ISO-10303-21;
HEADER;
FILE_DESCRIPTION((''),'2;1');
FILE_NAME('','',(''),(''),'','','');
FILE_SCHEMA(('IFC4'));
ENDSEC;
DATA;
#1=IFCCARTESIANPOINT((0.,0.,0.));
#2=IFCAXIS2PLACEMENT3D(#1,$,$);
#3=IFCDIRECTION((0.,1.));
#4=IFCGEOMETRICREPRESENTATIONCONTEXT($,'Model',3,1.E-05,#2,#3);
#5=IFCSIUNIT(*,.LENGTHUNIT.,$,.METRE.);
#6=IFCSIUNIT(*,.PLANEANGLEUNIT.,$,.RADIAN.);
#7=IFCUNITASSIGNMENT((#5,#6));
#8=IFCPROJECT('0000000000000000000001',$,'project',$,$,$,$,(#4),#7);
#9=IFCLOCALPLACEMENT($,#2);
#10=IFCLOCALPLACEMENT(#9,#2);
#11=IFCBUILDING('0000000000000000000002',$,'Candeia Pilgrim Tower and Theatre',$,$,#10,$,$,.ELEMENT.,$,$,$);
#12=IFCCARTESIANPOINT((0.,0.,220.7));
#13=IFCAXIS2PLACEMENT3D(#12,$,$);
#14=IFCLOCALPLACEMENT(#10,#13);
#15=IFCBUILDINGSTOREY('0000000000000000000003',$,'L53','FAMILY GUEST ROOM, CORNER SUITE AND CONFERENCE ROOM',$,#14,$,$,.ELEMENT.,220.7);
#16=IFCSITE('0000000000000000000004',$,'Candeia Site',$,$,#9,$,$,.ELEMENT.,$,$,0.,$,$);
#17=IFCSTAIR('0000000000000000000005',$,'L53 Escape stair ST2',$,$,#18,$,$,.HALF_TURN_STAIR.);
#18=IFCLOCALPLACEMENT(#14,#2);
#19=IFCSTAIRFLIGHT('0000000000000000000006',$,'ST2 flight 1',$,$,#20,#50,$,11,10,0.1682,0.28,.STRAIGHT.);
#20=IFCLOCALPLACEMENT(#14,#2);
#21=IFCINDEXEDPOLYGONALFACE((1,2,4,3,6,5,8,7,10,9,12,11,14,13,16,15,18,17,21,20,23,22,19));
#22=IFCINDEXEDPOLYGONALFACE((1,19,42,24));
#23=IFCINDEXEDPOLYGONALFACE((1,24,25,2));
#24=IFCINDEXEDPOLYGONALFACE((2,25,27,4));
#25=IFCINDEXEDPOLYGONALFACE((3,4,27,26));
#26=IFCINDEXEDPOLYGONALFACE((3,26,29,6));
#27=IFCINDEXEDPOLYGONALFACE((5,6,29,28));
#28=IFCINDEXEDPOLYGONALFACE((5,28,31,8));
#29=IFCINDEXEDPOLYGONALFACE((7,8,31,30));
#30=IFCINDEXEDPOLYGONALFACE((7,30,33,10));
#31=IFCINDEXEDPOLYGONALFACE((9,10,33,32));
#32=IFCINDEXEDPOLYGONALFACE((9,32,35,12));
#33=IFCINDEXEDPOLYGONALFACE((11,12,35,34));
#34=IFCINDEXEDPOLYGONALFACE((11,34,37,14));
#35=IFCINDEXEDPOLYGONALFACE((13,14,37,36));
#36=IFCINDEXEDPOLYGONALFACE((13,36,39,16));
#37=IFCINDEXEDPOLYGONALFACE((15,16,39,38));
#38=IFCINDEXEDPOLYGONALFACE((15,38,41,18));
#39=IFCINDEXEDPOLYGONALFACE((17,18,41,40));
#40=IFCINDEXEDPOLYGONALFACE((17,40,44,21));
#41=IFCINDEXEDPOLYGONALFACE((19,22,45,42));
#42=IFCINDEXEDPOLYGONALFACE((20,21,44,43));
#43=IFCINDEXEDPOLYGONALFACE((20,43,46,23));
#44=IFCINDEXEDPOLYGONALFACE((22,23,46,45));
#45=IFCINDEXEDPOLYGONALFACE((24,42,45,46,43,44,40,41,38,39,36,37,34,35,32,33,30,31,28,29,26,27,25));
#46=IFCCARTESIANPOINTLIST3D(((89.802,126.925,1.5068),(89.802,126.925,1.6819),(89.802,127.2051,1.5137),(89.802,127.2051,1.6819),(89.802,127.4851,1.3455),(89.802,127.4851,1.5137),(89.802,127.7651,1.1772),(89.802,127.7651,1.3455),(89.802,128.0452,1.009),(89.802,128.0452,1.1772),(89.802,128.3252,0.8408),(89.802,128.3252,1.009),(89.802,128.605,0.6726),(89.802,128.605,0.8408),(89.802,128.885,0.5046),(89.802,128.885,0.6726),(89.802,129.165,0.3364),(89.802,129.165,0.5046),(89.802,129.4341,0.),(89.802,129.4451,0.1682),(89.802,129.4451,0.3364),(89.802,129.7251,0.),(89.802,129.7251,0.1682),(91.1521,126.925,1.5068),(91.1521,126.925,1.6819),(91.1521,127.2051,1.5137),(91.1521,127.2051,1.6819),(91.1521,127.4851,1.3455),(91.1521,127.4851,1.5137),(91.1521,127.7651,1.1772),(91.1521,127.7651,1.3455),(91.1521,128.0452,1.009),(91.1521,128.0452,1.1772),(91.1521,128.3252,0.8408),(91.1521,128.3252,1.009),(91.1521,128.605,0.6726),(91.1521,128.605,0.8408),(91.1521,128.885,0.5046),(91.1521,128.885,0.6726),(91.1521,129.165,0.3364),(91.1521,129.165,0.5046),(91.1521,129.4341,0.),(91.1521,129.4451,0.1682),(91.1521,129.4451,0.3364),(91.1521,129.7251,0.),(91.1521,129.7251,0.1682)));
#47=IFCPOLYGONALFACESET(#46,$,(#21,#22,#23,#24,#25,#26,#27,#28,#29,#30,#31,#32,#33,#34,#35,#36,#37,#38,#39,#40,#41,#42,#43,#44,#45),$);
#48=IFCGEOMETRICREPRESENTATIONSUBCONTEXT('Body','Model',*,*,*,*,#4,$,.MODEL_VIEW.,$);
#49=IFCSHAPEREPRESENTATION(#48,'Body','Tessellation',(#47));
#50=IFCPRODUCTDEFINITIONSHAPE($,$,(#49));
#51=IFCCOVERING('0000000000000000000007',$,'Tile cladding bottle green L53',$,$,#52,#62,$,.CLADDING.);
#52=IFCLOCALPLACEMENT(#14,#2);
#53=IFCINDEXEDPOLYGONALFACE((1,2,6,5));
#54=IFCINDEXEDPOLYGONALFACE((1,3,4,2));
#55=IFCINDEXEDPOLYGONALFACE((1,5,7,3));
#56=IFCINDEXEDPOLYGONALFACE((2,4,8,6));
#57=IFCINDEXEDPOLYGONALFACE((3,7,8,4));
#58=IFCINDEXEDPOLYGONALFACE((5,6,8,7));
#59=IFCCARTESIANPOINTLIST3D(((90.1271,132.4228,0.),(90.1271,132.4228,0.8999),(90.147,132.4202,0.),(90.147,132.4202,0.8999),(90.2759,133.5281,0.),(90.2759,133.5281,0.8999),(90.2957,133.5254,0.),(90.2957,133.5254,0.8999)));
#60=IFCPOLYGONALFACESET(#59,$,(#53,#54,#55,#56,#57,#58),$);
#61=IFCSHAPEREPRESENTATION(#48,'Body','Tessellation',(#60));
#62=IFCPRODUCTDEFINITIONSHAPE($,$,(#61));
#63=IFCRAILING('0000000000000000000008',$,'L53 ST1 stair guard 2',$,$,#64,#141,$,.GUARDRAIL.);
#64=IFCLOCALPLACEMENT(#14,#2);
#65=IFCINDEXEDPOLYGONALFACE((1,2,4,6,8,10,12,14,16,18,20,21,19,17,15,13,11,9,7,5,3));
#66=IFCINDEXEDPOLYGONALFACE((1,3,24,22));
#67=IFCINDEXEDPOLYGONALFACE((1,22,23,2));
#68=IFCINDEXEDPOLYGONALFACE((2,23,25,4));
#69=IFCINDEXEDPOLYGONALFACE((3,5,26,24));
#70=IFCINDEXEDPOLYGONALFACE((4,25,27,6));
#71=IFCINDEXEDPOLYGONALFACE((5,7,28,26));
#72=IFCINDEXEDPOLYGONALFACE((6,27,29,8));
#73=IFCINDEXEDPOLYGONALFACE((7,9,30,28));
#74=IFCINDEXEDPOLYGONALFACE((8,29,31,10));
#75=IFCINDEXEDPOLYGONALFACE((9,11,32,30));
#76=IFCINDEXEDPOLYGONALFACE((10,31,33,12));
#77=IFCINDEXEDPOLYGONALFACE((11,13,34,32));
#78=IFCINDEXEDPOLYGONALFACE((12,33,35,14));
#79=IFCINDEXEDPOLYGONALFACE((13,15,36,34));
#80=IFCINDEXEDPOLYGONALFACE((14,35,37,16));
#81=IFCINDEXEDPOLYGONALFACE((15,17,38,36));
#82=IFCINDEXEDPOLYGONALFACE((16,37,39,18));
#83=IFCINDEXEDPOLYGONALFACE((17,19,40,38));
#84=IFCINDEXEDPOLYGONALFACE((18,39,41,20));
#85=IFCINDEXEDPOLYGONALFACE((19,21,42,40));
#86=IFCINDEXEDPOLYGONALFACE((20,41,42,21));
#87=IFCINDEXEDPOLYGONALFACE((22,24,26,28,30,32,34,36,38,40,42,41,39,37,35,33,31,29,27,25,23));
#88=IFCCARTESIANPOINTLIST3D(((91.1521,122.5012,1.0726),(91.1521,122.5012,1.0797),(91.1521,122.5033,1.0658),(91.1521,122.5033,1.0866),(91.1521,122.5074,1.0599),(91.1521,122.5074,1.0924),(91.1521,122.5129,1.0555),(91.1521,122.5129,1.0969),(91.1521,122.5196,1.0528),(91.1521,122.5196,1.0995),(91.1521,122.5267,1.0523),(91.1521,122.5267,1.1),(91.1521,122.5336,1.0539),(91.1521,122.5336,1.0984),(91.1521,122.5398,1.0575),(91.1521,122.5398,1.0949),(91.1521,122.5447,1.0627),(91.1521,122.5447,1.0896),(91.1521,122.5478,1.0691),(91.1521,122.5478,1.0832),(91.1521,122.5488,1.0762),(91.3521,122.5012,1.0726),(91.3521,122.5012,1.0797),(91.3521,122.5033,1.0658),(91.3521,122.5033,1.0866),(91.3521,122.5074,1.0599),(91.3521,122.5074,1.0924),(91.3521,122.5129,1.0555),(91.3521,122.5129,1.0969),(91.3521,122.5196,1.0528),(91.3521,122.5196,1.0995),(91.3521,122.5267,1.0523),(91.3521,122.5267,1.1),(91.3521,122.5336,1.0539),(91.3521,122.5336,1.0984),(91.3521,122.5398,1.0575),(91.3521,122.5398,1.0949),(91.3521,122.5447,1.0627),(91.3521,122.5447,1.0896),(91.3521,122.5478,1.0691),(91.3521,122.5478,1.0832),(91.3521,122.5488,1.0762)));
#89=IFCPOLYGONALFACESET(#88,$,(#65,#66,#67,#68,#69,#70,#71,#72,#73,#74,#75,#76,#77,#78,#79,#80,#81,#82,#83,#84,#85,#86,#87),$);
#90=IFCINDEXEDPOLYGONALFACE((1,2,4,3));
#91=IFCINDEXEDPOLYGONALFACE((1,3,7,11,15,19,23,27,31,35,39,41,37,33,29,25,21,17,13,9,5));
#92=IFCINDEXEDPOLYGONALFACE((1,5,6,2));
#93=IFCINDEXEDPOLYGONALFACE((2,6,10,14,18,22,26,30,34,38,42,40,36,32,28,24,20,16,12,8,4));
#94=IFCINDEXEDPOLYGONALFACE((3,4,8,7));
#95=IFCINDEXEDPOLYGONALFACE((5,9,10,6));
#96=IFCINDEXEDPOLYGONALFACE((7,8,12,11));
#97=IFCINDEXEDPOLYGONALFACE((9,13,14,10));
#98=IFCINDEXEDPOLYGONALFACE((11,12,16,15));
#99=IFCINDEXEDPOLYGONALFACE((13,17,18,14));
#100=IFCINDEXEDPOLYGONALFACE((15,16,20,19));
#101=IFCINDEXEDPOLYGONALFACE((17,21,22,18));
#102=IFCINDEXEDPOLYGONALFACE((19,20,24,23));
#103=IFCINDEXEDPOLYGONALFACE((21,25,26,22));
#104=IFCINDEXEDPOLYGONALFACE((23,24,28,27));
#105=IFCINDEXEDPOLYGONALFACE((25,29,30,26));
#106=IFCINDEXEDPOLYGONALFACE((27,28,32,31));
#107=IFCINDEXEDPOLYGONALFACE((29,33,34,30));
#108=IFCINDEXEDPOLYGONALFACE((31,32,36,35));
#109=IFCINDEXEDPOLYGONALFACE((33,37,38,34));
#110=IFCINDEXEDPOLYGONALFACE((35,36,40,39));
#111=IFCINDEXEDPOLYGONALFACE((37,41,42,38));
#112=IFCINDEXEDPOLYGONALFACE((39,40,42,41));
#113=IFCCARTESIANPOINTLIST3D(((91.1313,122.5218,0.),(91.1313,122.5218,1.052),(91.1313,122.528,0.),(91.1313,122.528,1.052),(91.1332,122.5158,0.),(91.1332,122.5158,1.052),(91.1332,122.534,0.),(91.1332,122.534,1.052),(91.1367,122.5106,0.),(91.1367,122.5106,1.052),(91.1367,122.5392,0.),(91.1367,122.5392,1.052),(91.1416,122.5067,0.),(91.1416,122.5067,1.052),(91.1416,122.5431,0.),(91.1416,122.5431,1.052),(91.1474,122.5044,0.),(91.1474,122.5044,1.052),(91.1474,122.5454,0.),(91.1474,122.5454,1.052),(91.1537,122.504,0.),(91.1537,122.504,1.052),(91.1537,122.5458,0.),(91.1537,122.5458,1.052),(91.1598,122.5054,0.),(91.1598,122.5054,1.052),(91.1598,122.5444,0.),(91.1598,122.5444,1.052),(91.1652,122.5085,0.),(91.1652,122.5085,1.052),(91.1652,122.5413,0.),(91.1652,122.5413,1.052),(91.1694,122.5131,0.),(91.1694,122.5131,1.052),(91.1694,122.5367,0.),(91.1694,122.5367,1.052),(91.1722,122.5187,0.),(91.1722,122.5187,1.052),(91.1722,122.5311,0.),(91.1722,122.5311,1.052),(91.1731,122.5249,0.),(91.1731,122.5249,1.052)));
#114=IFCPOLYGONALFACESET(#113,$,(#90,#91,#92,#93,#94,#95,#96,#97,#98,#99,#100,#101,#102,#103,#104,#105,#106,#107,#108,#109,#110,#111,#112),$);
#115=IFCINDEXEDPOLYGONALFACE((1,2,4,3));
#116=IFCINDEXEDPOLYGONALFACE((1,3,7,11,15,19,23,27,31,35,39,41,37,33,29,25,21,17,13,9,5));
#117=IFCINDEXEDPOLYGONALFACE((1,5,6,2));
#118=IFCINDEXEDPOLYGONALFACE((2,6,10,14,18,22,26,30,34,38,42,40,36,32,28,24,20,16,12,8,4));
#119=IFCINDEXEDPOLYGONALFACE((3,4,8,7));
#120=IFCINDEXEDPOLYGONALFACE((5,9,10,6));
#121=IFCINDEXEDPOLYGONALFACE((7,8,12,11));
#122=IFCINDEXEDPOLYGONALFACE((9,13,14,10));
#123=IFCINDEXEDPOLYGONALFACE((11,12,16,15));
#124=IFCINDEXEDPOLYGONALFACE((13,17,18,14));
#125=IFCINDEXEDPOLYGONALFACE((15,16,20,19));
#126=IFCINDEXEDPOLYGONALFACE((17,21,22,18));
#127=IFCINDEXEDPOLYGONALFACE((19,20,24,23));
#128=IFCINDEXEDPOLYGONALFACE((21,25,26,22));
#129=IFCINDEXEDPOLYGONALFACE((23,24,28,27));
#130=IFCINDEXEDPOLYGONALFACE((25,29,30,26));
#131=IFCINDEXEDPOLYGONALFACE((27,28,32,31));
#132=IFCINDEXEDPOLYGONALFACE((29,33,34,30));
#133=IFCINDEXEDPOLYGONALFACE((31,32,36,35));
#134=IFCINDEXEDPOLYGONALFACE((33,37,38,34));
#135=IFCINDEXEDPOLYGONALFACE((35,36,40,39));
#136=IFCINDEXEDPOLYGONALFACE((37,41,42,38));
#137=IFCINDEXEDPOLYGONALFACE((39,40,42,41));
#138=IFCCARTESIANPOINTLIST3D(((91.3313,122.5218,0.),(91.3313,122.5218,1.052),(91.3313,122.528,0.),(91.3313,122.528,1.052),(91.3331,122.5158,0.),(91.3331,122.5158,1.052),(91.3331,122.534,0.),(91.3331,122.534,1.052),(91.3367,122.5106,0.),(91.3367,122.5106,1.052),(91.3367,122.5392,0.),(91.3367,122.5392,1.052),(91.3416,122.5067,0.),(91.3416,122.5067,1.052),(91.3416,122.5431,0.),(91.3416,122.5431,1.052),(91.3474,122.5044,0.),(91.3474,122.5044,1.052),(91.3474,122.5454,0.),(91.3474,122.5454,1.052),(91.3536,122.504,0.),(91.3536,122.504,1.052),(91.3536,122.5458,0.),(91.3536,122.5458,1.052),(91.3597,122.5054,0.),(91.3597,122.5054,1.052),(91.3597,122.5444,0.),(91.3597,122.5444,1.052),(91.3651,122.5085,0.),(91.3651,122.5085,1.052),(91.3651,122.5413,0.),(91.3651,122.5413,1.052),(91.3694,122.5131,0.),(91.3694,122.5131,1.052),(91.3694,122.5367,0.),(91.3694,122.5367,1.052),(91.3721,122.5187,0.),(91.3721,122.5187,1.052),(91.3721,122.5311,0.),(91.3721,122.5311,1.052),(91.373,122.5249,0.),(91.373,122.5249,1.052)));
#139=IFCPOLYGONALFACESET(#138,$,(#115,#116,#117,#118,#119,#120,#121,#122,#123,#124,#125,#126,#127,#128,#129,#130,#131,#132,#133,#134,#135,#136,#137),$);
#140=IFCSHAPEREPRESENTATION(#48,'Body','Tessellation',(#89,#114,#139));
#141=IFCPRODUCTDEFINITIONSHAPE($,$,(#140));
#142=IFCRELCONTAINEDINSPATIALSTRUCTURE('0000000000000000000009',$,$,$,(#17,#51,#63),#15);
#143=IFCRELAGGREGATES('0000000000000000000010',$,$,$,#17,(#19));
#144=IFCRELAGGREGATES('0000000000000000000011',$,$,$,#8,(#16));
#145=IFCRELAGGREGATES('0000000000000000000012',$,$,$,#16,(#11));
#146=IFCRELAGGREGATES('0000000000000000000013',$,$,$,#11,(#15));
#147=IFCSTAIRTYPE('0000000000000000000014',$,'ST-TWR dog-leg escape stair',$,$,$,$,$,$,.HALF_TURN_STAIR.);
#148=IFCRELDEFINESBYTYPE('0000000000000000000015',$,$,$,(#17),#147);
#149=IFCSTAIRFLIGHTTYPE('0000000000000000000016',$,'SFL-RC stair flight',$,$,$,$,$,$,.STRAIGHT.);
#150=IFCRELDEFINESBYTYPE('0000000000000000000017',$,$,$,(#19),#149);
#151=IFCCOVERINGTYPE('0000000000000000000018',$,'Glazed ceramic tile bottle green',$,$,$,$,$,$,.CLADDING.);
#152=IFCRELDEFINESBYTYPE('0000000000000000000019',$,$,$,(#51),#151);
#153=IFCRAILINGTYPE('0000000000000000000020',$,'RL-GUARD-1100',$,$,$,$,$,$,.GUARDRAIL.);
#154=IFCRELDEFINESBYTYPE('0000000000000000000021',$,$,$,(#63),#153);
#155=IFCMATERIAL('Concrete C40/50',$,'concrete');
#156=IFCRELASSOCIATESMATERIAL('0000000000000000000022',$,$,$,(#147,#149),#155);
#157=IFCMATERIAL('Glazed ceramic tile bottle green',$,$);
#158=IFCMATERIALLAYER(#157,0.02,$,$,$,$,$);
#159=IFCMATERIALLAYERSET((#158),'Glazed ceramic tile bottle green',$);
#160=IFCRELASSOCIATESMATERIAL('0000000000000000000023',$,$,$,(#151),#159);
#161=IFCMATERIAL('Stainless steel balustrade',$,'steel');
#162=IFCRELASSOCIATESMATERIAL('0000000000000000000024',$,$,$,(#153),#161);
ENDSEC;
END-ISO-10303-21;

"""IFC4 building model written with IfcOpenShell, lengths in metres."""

from ifc_helpers import new_model, si_unit, direction, frame, origin, origin_2d, place, context, subcontext, project, spatial, polyline, rectangle, circle, outline, extrude, material, layer, layer_set, type_object, element, aggregate, save


model = new_model("IFC4")

# Units and contexts
model_context = context("Model", 3, precision=1e-05, world=origin(), true_north=direction((0.0, 1.0)))
body_context = subcontext(model_context, "Body", "Model", "MODEL_VIEW")
ifc_project = project(units=[si_unit("LENGTHUNIT", "METRE"), si_unit("PLANEANGLEUNIT", "RADIAN")], contexts=[model_context])

# Site, building, storey
site_placement = place(None, origin())
site = spatial("IfcSite", under=ifc_project, at=site_placement, Name="Candeia Site", CompositionType="ELEMENT", RefElevation=0.0)
building_placement = place(site_placement, origin())
building = spatial("IfcBuilding", under=site, at=building_placement, Name="Candeia Pilgrim Tower and Theatre", CompositionType="ELEMENT")
storey_placement = place(building_placement, frame((0.0, 0.0, 220.7)))
storey = spatial("IfcBuildingStorey", under=building, at=storey_placement, Name="L53", Description="FAMILY GUEST ROOM, CORNER SUITE AND CONFERENCE ROOM", CompositionType="ELEMENT", Elevation=220.7)

# Shared definitions
ifc_material_1 = material(Name="Concrete C40/50", Category="concrete")

# Shared definitions
stair_type = type_object("IfcStairType", Name="ST-TWR dog-leg escape stair", PredefinedType="HALF_TURN_STAIR", material=ifc_material_1)
stair_flight_type = type_object("IfcStairFlightType", Name="SFL-RC stair flight", PredefinedType="STRAIGHT", material=ifc_material_1)

# Stair, stair flight
stair_1_placement = place(storey_placement, origin())
stair_1 = element("IfcStair", 1, at=stair_1_placement, inside=storey, type_object=stair_type, Name="L53 Escape stair ST2", PredefinedType="HALF_TURN_STAIR")
stair_flight_1_placement = place(storey_placement, frame((90.4771, 129.7251, 0.0), z_axis=(0.0, 0.0, 1.0), x_axis=(0.0, -1.0, 0.0)))
stair_flight_1 = element("IfcStairFlight", 2, at=stair_flight_1_placement, type_object=stair_flight_type, Name="ST2 flight 1", NumberOfRisers=11, NumberOfTreads=10, PredefinedType="STRAIGHT", RiserHeight=0.1682, TreadLength=0.28, context=body_context, shape_type="SweptSolid", body=[
    extrude(outline(polyline([(0.0, 0.0), (0.0, 0.1682), (0.28, 0.1682), (0.28, 0.3364), (0.5601, 0.3364), (0.5601, 0.5046), (0.8401, 0.5046), (0.8401, 0.6726), (1.1201, 0.6726), (1.1201, 0.8408), (1.3999, 0.8408), (1.3999, 1.009), (1.6799, 1.009), (1.6799, 1.1772), (1.96, 1.1772), (1.96, 1.3455), (2.24, 1.3455), (2.24, 1.5137), (2.52, 1.5137), (2.52, 1.6819), (2.8, 1.6819), (2.8, 1.8501), (2.8, 1.5068), (0.291, 0.0), (0.0, 0.0)])), frame((0.0, 0.675, 0.0), z_axis=(0.0, -1.0, 0.0), x_axis=(1.0, 0.0, 0.0)), (0.0, 0.0, 1.0), 1.3501),
])
aggregate(stair_1, [stair_flight_1])

# Shared definitions
ifc_material_2 = material(Name="Stainless steel balustrade", Category="steel")

# Covering
ifc_material_3 = material(Name="Glazed ceramic tile bottle green")
ifc_layer_1 = layer(ifc_material_3, 0.02)
ifc_layer_set_1 = layer_set([ifc_layer_1], Name="Glazed ceramic tile bottle green")
covering_type = type_object("IfcCoveringType", Name="Glazed ceramic tile bottle green", PredefinedType="CLADDING", material=ifc_layer_set_1)
covering_placement = place(storey_placement, frame((90.2114, 132.9741, 0.0), z_axis=(0.0, 0.0, 1.0), x_axis=(-0.133412, -0.991061, 0.0)))
element("IfcCovering", 3, at=covering_placement, inside=storey, type_object=covering_type, Name="Tile cladding bottle green L53", PredefinedType="CLADDING", context=body_context, shape_type="SweptSolid", body=[
    extrude(rectangle(XDim=1.1152, YDim=0.02, at=origin_2d()), origin(), (0.0, 0.0, 1.0), 0.8999),
])

# Railing
railing_type_1 = type_object("IfcRailingType", Name="RL-GUARD-1100", PredefinedType="GUARDRAIL", material=ifc_material_2)
railing_1_placement = place(storey_placement, frame((91.1521, 122.5249, 0.0)))
element("IfcRailing", 4, at=railing_1_placement, inside=storey, type_object=railing_type_1, Name="L53 ST1 stair guard 2", PredefinedType="GUARDRAIL", context=body_context, shape_type="SweptSolid", body=[
    extrude(circle(Radius=0.0239, at=origin_2d()), frame((0.0, 0.0, 1.0762), z_axis=(1.0, 0.0, 0.0), x_axis=(0.0, 1.0, 0.0)), (0.0, 0.0, 1.0), 0.2),
    extrude(circle(Radius=0.021, at=origin_2d()), origin(), (0.0, 0.0, 1.0), 1.052),
    extrude(circle(Radius=0.021, at=origin_2d()), frame((0.2, 0.0, 0.0)), (0.0, 0.0, 1.0), 1.052),
])

save(model, "model.ifc")
